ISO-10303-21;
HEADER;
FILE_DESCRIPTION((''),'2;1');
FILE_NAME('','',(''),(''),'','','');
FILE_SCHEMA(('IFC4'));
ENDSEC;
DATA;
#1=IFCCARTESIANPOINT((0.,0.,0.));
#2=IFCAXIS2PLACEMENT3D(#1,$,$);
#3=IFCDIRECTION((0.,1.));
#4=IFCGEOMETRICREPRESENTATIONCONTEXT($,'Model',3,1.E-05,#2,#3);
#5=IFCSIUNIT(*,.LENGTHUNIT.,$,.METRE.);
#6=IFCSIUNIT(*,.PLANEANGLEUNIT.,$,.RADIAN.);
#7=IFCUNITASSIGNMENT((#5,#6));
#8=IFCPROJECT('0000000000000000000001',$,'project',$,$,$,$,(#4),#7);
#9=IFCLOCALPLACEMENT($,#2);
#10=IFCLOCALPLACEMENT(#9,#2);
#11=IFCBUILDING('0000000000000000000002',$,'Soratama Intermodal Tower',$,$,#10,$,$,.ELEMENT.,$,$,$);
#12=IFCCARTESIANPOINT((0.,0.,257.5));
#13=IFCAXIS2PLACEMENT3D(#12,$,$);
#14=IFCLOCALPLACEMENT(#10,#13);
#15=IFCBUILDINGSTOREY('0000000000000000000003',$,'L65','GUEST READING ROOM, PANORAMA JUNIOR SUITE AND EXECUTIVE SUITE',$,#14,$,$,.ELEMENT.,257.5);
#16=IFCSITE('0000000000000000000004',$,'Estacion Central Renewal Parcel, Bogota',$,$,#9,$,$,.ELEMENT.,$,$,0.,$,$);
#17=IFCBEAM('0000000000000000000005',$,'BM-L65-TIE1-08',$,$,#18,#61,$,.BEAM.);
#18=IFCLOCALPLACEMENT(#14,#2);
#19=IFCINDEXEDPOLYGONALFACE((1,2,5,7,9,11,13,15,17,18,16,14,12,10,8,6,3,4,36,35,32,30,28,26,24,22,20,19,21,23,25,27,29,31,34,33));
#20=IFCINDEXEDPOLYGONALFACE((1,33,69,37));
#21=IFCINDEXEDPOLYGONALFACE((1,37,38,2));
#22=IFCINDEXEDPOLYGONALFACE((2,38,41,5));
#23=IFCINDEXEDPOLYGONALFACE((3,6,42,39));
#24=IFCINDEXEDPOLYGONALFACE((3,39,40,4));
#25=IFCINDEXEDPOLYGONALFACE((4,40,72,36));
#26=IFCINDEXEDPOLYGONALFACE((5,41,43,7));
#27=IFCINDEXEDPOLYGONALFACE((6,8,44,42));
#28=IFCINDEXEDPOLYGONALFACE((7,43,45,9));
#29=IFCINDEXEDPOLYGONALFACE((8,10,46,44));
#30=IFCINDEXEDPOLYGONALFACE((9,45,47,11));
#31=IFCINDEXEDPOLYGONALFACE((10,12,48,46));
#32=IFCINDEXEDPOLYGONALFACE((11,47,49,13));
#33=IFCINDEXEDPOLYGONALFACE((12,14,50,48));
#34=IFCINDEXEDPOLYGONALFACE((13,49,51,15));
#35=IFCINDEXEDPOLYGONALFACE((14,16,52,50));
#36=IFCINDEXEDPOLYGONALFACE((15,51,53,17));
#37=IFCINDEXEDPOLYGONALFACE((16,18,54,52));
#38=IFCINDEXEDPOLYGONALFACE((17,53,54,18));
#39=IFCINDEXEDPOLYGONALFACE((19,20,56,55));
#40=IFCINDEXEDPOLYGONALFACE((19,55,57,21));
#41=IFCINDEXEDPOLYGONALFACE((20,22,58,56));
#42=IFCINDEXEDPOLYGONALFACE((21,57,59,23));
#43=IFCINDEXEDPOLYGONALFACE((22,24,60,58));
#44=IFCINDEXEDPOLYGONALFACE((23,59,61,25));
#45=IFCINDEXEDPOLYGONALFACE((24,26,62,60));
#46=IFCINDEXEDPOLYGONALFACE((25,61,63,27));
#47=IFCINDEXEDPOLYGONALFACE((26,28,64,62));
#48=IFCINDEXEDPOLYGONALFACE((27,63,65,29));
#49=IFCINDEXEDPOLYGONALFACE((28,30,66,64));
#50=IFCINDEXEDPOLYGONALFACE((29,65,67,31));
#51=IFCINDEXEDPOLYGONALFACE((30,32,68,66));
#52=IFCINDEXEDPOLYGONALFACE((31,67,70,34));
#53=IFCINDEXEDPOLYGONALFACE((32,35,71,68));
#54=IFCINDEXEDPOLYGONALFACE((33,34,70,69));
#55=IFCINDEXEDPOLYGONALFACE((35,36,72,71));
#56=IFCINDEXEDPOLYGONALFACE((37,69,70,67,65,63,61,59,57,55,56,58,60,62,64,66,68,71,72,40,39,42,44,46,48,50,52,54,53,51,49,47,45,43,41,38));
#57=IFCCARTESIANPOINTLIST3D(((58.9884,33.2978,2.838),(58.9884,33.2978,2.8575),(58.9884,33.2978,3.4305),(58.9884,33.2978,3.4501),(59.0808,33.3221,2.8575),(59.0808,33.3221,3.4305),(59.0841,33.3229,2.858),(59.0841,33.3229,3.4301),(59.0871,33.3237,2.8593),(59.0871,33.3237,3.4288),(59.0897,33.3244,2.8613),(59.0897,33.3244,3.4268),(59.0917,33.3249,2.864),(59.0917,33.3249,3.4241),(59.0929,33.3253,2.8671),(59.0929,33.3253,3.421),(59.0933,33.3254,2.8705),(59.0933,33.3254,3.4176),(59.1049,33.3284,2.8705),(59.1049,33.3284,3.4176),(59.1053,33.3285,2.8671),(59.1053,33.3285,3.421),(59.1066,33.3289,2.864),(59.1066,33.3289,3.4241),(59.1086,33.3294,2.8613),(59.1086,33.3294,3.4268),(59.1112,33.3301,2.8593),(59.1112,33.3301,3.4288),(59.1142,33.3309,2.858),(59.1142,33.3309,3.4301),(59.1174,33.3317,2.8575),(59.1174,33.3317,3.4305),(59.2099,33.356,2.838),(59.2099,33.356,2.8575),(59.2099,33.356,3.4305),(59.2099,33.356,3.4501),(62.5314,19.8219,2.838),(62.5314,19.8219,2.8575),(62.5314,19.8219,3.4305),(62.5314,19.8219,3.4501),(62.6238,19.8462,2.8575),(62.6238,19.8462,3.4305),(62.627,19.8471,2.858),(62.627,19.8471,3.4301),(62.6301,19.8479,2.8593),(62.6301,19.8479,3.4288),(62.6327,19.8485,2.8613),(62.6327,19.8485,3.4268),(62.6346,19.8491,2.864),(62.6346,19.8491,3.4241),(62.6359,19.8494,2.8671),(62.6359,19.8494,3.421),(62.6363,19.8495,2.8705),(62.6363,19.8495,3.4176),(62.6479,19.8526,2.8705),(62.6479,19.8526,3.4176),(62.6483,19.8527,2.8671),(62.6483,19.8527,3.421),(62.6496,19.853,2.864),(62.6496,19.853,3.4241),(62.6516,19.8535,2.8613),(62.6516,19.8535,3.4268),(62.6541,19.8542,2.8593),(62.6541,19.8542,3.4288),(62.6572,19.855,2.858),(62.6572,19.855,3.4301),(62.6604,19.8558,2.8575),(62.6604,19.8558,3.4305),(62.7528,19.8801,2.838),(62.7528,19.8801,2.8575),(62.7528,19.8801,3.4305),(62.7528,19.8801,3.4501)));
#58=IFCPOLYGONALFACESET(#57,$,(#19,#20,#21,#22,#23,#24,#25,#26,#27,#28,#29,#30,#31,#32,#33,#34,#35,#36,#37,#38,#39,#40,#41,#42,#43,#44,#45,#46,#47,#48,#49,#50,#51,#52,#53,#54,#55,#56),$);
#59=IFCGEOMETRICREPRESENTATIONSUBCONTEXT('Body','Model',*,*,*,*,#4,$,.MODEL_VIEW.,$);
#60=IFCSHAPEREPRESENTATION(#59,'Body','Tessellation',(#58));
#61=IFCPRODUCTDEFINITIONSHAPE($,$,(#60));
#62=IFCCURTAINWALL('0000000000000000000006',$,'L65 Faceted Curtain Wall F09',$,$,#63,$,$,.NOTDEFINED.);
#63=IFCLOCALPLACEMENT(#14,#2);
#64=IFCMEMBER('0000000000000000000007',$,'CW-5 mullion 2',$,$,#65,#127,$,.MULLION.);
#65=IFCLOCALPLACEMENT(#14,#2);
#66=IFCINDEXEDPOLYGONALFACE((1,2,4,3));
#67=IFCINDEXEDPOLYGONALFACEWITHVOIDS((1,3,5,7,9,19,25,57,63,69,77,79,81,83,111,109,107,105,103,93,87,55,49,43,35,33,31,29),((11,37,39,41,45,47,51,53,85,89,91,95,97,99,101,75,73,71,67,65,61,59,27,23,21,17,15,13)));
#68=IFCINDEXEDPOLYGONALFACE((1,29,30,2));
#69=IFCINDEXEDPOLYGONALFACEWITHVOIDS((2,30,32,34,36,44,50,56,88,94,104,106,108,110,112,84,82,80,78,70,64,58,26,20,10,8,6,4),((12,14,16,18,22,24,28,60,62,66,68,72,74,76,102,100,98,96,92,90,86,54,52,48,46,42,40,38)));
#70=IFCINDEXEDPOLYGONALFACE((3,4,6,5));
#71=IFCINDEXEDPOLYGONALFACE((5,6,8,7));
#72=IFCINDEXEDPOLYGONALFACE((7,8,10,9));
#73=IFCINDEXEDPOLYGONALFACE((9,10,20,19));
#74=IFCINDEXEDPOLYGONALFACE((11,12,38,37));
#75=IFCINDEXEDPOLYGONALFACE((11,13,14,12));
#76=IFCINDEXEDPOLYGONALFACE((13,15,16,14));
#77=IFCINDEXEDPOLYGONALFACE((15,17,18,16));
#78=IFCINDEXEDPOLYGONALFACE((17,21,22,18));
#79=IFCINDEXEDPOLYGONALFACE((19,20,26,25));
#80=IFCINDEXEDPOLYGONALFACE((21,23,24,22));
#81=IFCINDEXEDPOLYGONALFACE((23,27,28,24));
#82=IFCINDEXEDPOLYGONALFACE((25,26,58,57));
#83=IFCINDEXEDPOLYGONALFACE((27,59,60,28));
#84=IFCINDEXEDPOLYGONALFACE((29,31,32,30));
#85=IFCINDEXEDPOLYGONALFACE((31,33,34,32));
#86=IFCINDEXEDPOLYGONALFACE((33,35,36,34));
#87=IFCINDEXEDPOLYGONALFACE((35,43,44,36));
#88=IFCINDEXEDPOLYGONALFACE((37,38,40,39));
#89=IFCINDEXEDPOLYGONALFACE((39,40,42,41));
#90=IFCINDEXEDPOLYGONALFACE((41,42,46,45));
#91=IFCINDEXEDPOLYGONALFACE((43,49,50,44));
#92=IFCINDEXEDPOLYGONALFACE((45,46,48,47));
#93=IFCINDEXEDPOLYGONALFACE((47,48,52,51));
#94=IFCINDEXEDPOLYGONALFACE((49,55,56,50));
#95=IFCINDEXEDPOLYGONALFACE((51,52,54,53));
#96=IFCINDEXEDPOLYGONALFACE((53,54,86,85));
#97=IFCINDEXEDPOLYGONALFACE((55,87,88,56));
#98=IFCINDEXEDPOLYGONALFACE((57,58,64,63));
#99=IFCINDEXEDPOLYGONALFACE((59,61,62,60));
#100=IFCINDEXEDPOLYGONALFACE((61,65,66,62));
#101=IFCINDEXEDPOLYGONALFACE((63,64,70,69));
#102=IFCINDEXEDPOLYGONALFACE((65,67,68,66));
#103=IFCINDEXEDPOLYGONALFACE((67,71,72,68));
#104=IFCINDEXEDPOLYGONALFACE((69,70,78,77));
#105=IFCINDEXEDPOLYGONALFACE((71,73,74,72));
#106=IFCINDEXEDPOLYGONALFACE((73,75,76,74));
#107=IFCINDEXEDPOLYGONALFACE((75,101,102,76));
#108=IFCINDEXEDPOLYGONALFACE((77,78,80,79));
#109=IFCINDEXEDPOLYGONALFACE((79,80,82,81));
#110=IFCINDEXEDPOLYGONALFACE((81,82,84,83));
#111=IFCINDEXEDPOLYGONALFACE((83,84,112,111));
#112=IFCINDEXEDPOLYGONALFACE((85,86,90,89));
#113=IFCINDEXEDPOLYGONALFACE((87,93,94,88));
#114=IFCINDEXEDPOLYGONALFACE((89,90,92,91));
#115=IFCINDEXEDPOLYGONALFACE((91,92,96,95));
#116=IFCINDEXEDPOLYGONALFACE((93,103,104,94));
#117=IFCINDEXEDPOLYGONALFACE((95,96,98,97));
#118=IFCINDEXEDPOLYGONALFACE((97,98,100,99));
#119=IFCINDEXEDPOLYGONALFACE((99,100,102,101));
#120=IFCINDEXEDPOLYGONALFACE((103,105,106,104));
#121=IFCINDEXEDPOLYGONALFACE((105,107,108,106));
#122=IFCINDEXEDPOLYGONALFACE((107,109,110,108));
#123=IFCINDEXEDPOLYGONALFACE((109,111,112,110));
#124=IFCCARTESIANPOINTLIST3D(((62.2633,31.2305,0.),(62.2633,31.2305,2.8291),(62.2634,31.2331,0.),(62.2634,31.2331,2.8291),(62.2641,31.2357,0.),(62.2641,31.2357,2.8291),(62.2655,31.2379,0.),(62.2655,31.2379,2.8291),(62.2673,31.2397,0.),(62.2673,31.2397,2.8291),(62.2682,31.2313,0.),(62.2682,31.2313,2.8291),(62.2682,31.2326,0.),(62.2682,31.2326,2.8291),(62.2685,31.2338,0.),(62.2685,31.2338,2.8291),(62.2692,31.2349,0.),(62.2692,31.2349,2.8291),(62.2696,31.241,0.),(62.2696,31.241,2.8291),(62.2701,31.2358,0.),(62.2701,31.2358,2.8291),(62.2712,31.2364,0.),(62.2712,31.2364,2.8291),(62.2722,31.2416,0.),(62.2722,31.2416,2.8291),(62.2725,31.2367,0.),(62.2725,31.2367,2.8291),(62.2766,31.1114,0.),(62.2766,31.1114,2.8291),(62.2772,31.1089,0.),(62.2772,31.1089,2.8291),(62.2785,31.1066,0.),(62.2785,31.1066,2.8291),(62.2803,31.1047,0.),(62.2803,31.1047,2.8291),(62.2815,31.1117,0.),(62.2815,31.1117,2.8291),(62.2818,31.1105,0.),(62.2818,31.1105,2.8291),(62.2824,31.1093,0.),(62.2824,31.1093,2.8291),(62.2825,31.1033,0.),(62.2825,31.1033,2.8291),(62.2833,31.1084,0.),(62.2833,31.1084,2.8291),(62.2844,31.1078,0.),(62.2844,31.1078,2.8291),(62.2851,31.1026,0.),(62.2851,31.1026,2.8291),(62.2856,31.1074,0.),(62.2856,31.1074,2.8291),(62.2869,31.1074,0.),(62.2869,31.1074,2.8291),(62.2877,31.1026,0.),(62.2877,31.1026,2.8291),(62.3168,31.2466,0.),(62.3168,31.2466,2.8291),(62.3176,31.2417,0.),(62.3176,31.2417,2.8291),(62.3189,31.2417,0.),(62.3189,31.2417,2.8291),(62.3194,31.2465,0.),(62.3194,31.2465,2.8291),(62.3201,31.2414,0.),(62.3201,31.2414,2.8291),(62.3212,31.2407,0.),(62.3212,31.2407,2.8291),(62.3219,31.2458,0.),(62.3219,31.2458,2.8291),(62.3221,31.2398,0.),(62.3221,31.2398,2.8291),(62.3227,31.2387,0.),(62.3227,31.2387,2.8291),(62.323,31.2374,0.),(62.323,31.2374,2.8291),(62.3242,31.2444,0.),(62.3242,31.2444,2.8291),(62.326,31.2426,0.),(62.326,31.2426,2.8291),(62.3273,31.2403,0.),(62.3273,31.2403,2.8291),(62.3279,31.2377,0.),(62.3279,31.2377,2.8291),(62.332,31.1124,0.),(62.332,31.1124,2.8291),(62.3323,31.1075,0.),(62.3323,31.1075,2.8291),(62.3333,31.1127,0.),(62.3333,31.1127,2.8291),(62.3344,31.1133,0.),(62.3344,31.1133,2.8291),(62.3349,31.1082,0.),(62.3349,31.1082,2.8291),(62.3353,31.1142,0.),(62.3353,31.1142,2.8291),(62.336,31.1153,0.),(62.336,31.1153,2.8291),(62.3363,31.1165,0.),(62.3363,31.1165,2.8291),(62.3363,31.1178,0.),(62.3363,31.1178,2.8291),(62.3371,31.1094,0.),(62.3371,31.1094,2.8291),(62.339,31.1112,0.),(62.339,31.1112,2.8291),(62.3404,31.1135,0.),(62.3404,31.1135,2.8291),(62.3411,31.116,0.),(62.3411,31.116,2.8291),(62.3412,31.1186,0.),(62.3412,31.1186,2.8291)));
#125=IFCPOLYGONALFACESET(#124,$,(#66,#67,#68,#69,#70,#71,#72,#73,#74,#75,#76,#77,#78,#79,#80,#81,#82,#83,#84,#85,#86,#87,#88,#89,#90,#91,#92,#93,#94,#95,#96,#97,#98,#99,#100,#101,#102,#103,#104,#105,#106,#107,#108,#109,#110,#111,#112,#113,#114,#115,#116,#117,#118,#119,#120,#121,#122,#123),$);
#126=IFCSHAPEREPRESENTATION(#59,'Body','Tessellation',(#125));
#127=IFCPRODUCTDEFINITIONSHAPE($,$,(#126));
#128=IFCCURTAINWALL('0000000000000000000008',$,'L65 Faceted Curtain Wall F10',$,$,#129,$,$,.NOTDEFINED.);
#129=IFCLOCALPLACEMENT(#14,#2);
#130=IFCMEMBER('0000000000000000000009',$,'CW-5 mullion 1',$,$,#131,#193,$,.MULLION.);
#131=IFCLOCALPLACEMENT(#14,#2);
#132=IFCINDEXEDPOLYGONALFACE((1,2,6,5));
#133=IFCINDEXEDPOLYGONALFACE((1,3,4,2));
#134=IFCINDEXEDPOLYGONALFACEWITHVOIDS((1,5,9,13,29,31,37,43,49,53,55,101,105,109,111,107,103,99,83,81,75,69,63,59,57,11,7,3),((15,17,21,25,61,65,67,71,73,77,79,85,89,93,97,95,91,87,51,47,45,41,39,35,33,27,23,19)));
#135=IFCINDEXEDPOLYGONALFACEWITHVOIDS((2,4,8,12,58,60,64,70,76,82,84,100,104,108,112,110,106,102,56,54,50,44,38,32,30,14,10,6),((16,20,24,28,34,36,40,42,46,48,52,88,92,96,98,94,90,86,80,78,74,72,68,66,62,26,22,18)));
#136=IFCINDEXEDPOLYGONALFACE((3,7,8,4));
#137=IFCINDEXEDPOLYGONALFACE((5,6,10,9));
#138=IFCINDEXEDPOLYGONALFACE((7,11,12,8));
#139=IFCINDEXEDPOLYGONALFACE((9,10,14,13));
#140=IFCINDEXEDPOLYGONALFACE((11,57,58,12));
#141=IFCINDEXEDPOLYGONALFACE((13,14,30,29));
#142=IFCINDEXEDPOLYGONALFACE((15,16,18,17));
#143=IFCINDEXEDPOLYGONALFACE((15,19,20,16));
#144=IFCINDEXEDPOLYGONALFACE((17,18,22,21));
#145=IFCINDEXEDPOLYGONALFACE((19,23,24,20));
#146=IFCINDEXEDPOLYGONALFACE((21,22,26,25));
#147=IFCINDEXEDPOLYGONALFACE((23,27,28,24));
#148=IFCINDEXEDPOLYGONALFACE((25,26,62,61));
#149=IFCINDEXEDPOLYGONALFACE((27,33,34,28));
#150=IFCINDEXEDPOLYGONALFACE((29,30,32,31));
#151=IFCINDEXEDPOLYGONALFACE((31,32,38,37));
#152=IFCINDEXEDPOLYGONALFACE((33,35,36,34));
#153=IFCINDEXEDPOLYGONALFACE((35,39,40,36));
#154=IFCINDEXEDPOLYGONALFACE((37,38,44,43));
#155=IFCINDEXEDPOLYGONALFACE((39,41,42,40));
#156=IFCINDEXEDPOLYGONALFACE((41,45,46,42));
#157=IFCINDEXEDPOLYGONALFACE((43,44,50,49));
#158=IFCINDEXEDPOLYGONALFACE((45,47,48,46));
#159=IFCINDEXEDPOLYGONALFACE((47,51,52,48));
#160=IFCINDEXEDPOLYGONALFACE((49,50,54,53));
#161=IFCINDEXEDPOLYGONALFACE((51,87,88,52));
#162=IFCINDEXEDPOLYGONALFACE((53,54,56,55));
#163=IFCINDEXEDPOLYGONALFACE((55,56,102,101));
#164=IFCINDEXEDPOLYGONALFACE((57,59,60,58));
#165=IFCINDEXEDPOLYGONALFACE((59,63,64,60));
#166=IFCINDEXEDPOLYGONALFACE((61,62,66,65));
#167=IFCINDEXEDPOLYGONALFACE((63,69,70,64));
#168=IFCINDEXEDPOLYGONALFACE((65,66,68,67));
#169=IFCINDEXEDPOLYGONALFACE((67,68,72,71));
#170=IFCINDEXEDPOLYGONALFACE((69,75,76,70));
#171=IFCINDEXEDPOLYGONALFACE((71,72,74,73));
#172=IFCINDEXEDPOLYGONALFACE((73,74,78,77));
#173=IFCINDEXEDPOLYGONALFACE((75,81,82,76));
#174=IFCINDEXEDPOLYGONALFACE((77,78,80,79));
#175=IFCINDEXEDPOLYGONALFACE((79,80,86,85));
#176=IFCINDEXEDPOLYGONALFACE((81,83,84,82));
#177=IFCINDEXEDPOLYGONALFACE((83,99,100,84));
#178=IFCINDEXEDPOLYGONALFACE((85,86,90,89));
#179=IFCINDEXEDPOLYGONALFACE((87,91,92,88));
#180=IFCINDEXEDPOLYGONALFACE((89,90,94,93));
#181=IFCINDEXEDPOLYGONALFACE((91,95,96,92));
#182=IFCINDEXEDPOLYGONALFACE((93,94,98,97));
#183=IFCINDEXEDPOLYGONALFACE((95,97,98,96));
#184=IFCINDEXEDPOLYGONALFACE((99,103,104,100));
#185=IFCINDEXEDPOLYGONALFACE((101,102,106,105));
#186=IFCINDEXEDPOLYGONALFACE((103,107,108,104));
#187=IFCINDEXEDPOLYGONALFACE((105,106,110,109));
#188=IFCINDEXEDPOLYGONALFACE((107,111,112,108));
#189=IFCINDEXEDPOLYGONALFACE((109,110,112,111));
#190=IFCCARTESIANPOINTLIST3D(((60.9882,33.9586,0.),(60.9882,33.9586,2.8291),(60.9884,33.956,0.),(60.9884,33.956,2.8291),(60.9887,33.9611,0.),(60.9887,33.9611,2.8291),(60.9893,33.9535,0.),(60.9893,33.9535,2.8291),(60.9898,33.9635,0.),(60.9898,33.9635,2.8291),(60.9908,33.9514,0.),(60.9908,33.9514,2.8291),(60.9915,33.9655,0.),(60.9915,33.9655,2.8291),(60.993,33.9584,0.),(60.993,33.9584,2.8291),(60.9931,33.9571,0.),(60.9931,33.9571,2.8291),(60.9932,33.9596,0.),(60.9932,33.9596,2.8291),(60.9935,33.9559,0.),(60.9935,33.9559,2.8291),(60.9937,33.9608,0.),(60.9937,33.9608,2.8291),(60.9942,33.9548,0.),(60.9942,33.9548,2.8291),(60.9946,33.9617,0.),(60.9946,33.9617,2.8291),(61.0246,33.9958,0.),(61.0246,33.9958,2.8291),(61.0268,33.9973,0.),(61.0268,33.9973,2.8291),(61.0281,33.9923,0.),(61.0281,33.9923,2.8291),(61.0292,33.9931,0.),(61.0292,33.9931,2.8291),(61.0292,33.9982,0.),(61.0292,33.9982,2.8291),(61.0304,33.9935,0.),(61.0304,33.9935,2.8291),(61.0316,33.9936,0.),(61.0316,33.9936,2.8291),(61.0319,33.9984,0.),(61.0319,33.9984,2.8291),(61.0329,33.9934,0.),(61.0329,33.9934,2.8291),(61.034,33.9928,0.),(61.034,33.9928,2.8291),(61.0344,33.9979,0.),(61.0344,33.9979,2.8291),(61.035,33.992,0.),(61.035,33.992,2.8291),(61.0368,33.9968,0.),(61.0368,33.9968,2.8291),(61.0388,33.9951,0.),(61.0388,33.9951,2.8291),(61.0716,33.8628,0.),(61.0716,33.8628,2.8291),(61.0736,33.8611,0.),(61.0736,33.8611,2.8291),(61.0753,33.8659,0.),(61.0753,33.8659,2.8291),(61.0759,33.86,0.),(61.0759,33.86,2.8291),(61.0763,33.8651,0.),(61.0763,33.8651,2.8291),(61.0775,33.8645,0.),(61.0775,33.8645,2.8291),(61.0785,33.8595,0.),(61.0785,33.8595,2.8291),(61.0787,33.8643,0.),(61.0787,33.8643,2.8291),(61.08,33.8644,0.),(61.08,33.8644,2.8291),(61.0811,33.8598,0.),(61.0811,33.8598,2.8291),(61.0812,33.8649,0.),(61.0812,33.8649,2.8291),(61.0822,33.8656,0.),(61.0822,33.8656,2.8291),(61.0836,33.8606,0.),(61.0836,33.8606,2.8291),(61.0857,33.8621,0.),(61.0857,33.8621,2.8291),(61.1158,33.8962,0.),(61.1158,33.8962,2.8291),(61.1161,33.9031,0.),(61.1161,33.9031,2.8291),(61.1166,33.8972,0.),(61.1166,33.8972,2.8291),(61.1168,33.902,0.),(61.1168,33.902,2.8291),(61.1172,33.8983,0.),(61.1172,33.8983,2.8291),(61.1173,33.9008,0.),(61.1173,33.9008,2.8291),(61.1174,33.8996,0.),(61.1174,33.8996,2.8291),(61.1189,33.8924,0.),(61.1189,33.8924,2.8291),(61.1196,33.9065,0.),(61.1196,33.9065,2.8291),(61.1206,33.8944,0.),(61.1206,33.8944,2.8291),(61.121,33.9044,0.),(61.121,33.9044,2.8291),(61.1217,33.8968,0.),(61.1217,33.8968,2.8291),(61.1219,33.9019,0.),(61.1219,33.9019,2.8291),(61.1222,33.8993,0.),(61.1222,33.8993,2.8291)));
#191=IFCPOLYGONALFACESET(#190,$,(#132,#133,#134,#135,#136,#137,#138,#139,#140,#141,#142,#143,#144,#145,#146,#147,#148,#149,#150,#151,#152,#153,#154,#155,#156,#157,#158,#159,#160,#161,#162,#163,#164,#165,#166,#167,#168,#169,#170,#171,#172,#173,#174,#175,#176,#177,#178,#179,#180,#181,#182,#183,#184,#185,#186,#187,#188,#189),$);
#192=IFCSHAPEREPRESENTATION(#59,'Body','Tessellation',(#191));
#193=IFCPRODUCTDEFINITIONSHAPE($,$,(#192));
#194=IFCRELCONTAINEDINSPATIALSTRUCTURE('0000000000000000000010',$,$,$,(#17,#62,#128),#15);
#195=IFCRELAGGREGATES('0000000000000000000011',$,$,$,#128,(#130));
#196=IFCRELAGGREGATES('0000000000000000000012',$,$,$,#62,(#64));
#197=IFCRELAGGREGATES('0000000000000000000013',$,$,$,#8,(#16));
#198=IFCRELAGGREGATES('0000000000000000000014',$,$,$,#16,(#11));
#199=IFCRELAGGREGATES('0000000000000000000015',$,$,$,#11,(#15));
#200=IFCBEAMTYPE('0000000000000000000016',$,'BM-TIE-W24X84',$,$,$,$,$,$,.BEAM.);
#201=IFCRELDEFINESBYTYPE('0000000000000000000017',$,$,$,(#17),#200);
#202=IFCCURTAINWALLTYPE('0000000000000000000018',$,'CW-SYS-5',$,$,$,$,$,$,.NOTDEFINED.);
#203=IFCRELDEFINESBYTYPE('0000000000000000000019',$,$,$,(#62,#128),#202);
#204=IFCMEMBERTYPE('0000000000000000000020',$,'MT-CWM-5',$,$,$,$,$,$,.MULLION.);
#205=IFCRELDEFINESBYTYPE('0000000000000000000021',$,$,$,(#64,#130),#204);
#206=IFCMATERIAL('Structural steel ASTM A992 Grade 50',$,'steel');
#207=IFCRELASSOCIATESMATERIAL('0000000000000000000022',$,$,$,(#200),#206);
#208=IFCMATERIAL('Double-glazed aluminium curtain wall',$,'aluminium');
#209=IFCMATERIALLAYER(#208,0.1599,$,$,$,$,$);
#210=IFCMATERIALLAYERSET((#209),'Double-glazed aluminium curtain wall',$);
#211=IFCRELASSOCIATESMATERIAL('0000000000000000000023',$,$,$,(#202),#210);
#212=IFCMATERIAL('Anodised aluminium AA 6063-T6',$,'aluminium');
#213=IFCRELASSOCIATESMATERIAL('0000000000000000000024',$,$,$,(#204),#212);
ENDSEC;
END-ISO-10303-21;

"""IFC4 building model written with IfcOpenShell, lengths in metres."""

from ifc_helpers import new_model, si_unit, direction, frame, origin, origin_2d, place, context, subcontext, project, spatial, hollow_rectangle, i_section, extrude, material, layer, layer_set, material_profile, profile_set, type_object, element, aggregate, save


model = new_model("IFC4")

# Units and contexts
model_context = context("Model", 3, precision=1e-05, world=origin(), true_north=direction((0.0, 1.0)))
body_context = subcontext(model_context, "Body", "Model", "MODEL_VIEW")
ifc_project = project(units=[si_unit("LENGTHUNIT", "METRE"), si_unit("PLANEANGLEUNIT", "RADIAN")], contexts=[model_context])

# Site, building, storey
site_placement = place(None, origin())
site = spatial("IfcSite", under=ifc_project, at=site_placement, Name="Estacion Central Renewal Parcel, Bogota", CompositionType="ELEMENT", RefElevation=0.0)
building_placement = place(site_placement, origin())
building = spatial("IfcBuilding", under=site, at=building_placement, Name="Soratama Intermodal Tower", CompositionType="ELEMENT")
storey_placement = place(building_placement, frame((0.0, 0.0, 257.5)))
storey = spatial("IfcBuildingStorey", under=building, at=storey_placement, Name="L65", Description="GUEST READING ROOM, PANORAMA JUNIOR SUITE AND EXECUTIVE SUITE", CompositionType="ELEMENT", Elevation=257.5)

# Beam
ifc_material_1 = material(Name="Structural steel ASTM A992 Grade 50", Category="steel")
ifc_material_profile_1 = material_profile(ifc_material_1, i_section(OverallWidth=0.229, OverallDepth=0.6121, WebThickness=0.012, FlangeThickness=0.0195, FilletRadius=0.0129, at=origin_2d()), Name="W24X84")
ifc_profile_set_1 = profile_set([ifc_material_profile_1], Name="Structural steel ASTM A992 Grade 50")
beam_type_1 = type_object("IfcBeamType", Name="BM-TIE-W24X84", PredefinedType="BEAM", material=ifc_profile_set_1)
beam_1_placement = place(storey_placement, frame((59.0991, 33.3269, 3.144), z_axis=(0.254272, -0.967133, 0.0), x_axis=(0.967133, 0.254272, 0.0)))
element("IfcBeam", 1, at=beam_1_placement, inside=storey, type_object=beam_type_1, Name="BM-L65-TIE1-08", PredefinedType="BEAM", context=body_context, shape_type="SweptSolid", body=[
    extrude(i_section(OverallWidth=0.229, OverallDepth=0.6121, WebThickness=0.012, FlangeThickness=0.0195, FilletRadius=0.0129, at=origin_2d()), origin(), (0.0, 0.0, 1.0), 13.9338),
])

# Curtain wall, member
ifc_material_2 = material(Name="Double-glazed aluminium curtain wall", Category="aluminium")
ifc_layer_1 = layer(ifc_material_2, 0.1599)
ifc_layer_set_1 = layer_set([ifc_layer_1], Name="Double-glazed aluminium curtain wall")
curtain_wall_type = type_object("IfcCurtainWallType", Name="CW-SYS-5", PredefinedType="NOTDEFINED", material=ifc_layer_set_1)
curtain_wall_1_placement = place(storey_placement, origin())
curtain_wall_1 = element("IfcCurtainWall", 2, at=curtain_wall_1_placement, inside=storey, type_object=curtain_wall_type, Name="L65 Faceted Curtain Wall F09", PredefinedType="NOTDEFINED")
ifc_material_3 = material(Name="Anodised aluminium AA 6063-T6", Category="aluminium")
ifc_material_profile_2 = material_profile(ifc_material_3, hollow_rectangle(XDim=0.0649, YDim=0.1399, WallThickness=0.0049, InnerFilletRadius=0.0049, OuterFilletRadius=0.01, at=origin_2d()), Name="CWM140X65X5")
ifc_profile_set_2 = profile_set([ifc_material_profile_2], Name="Anodised aluminium AA 6063-T6")
member_type_1 = type_object("IfcMemberType", Name="MT-CWM-5", PredefinedType="MULLION", material=ifc_profile_set_2)
member_1_placement = place(storey_placement, frame((62.3022, 31.1746, 0.0), z_axis=(0.0, 0.0, 1.0), x_axis=(-0.993845, -0.110779, 0.0)))
member_1 = element("IfcMember", 3, at=member_1_placement, type_object=member_type_1, Name="CW-5 mullion 2", PredefinedType="MULLION", context=body_context, shape_type="SweptSolid", body=[
    extrude(hollow_rectangle(XDim=0.0649, YDim=0.1399, WallThickness=0.0049, InnerFilletRadius=0.0049, OuterFilletRadius=0.01, at=origin_2d()), origin(), (0.0, 0.0, 1.0), 2.8291),
])

# Curtain wall, member
curtain_wall_2_placement = place(storey_placement, origin())
curtain_wall_2 = element("IfcCurtainWall", 4, at=curtain_wall_2_placement, inside=storey, type_object=curtain_wall_type, Name="L65 Faceted Curtain Wall F10", PredefinedType="NOTDEFINED")
member_2_placement = place(storey_placement, frame((61.0552, 33.929, 0.0), z_axis=(0.0, 0.0, 1.0), x_axis=(-0.738933, -0.673779, 0.0)))
member_2 = element("IfcMember", 5, at=member_2_placement, type_object=member_type_1, Name="CW-5 mullion 1", PredefinedType="MULLION", context=body_context, shape_type="SweptSolid", body=[
    extrude(hollow_rectangle(XDim=0.0649, YDim=0.1399, WallThickness=0.0049, InnerFilletRadius=0.0049, OuterFilletRadius=0.01, at=origin_2d()), origin(), (0.0, 0.0, 1.0), 2.8291),
])
aggregate(curtain_wall_2, [member_2])

aggregate(curtain_wall_1, [member_1])

save(model, "model.ifc")
